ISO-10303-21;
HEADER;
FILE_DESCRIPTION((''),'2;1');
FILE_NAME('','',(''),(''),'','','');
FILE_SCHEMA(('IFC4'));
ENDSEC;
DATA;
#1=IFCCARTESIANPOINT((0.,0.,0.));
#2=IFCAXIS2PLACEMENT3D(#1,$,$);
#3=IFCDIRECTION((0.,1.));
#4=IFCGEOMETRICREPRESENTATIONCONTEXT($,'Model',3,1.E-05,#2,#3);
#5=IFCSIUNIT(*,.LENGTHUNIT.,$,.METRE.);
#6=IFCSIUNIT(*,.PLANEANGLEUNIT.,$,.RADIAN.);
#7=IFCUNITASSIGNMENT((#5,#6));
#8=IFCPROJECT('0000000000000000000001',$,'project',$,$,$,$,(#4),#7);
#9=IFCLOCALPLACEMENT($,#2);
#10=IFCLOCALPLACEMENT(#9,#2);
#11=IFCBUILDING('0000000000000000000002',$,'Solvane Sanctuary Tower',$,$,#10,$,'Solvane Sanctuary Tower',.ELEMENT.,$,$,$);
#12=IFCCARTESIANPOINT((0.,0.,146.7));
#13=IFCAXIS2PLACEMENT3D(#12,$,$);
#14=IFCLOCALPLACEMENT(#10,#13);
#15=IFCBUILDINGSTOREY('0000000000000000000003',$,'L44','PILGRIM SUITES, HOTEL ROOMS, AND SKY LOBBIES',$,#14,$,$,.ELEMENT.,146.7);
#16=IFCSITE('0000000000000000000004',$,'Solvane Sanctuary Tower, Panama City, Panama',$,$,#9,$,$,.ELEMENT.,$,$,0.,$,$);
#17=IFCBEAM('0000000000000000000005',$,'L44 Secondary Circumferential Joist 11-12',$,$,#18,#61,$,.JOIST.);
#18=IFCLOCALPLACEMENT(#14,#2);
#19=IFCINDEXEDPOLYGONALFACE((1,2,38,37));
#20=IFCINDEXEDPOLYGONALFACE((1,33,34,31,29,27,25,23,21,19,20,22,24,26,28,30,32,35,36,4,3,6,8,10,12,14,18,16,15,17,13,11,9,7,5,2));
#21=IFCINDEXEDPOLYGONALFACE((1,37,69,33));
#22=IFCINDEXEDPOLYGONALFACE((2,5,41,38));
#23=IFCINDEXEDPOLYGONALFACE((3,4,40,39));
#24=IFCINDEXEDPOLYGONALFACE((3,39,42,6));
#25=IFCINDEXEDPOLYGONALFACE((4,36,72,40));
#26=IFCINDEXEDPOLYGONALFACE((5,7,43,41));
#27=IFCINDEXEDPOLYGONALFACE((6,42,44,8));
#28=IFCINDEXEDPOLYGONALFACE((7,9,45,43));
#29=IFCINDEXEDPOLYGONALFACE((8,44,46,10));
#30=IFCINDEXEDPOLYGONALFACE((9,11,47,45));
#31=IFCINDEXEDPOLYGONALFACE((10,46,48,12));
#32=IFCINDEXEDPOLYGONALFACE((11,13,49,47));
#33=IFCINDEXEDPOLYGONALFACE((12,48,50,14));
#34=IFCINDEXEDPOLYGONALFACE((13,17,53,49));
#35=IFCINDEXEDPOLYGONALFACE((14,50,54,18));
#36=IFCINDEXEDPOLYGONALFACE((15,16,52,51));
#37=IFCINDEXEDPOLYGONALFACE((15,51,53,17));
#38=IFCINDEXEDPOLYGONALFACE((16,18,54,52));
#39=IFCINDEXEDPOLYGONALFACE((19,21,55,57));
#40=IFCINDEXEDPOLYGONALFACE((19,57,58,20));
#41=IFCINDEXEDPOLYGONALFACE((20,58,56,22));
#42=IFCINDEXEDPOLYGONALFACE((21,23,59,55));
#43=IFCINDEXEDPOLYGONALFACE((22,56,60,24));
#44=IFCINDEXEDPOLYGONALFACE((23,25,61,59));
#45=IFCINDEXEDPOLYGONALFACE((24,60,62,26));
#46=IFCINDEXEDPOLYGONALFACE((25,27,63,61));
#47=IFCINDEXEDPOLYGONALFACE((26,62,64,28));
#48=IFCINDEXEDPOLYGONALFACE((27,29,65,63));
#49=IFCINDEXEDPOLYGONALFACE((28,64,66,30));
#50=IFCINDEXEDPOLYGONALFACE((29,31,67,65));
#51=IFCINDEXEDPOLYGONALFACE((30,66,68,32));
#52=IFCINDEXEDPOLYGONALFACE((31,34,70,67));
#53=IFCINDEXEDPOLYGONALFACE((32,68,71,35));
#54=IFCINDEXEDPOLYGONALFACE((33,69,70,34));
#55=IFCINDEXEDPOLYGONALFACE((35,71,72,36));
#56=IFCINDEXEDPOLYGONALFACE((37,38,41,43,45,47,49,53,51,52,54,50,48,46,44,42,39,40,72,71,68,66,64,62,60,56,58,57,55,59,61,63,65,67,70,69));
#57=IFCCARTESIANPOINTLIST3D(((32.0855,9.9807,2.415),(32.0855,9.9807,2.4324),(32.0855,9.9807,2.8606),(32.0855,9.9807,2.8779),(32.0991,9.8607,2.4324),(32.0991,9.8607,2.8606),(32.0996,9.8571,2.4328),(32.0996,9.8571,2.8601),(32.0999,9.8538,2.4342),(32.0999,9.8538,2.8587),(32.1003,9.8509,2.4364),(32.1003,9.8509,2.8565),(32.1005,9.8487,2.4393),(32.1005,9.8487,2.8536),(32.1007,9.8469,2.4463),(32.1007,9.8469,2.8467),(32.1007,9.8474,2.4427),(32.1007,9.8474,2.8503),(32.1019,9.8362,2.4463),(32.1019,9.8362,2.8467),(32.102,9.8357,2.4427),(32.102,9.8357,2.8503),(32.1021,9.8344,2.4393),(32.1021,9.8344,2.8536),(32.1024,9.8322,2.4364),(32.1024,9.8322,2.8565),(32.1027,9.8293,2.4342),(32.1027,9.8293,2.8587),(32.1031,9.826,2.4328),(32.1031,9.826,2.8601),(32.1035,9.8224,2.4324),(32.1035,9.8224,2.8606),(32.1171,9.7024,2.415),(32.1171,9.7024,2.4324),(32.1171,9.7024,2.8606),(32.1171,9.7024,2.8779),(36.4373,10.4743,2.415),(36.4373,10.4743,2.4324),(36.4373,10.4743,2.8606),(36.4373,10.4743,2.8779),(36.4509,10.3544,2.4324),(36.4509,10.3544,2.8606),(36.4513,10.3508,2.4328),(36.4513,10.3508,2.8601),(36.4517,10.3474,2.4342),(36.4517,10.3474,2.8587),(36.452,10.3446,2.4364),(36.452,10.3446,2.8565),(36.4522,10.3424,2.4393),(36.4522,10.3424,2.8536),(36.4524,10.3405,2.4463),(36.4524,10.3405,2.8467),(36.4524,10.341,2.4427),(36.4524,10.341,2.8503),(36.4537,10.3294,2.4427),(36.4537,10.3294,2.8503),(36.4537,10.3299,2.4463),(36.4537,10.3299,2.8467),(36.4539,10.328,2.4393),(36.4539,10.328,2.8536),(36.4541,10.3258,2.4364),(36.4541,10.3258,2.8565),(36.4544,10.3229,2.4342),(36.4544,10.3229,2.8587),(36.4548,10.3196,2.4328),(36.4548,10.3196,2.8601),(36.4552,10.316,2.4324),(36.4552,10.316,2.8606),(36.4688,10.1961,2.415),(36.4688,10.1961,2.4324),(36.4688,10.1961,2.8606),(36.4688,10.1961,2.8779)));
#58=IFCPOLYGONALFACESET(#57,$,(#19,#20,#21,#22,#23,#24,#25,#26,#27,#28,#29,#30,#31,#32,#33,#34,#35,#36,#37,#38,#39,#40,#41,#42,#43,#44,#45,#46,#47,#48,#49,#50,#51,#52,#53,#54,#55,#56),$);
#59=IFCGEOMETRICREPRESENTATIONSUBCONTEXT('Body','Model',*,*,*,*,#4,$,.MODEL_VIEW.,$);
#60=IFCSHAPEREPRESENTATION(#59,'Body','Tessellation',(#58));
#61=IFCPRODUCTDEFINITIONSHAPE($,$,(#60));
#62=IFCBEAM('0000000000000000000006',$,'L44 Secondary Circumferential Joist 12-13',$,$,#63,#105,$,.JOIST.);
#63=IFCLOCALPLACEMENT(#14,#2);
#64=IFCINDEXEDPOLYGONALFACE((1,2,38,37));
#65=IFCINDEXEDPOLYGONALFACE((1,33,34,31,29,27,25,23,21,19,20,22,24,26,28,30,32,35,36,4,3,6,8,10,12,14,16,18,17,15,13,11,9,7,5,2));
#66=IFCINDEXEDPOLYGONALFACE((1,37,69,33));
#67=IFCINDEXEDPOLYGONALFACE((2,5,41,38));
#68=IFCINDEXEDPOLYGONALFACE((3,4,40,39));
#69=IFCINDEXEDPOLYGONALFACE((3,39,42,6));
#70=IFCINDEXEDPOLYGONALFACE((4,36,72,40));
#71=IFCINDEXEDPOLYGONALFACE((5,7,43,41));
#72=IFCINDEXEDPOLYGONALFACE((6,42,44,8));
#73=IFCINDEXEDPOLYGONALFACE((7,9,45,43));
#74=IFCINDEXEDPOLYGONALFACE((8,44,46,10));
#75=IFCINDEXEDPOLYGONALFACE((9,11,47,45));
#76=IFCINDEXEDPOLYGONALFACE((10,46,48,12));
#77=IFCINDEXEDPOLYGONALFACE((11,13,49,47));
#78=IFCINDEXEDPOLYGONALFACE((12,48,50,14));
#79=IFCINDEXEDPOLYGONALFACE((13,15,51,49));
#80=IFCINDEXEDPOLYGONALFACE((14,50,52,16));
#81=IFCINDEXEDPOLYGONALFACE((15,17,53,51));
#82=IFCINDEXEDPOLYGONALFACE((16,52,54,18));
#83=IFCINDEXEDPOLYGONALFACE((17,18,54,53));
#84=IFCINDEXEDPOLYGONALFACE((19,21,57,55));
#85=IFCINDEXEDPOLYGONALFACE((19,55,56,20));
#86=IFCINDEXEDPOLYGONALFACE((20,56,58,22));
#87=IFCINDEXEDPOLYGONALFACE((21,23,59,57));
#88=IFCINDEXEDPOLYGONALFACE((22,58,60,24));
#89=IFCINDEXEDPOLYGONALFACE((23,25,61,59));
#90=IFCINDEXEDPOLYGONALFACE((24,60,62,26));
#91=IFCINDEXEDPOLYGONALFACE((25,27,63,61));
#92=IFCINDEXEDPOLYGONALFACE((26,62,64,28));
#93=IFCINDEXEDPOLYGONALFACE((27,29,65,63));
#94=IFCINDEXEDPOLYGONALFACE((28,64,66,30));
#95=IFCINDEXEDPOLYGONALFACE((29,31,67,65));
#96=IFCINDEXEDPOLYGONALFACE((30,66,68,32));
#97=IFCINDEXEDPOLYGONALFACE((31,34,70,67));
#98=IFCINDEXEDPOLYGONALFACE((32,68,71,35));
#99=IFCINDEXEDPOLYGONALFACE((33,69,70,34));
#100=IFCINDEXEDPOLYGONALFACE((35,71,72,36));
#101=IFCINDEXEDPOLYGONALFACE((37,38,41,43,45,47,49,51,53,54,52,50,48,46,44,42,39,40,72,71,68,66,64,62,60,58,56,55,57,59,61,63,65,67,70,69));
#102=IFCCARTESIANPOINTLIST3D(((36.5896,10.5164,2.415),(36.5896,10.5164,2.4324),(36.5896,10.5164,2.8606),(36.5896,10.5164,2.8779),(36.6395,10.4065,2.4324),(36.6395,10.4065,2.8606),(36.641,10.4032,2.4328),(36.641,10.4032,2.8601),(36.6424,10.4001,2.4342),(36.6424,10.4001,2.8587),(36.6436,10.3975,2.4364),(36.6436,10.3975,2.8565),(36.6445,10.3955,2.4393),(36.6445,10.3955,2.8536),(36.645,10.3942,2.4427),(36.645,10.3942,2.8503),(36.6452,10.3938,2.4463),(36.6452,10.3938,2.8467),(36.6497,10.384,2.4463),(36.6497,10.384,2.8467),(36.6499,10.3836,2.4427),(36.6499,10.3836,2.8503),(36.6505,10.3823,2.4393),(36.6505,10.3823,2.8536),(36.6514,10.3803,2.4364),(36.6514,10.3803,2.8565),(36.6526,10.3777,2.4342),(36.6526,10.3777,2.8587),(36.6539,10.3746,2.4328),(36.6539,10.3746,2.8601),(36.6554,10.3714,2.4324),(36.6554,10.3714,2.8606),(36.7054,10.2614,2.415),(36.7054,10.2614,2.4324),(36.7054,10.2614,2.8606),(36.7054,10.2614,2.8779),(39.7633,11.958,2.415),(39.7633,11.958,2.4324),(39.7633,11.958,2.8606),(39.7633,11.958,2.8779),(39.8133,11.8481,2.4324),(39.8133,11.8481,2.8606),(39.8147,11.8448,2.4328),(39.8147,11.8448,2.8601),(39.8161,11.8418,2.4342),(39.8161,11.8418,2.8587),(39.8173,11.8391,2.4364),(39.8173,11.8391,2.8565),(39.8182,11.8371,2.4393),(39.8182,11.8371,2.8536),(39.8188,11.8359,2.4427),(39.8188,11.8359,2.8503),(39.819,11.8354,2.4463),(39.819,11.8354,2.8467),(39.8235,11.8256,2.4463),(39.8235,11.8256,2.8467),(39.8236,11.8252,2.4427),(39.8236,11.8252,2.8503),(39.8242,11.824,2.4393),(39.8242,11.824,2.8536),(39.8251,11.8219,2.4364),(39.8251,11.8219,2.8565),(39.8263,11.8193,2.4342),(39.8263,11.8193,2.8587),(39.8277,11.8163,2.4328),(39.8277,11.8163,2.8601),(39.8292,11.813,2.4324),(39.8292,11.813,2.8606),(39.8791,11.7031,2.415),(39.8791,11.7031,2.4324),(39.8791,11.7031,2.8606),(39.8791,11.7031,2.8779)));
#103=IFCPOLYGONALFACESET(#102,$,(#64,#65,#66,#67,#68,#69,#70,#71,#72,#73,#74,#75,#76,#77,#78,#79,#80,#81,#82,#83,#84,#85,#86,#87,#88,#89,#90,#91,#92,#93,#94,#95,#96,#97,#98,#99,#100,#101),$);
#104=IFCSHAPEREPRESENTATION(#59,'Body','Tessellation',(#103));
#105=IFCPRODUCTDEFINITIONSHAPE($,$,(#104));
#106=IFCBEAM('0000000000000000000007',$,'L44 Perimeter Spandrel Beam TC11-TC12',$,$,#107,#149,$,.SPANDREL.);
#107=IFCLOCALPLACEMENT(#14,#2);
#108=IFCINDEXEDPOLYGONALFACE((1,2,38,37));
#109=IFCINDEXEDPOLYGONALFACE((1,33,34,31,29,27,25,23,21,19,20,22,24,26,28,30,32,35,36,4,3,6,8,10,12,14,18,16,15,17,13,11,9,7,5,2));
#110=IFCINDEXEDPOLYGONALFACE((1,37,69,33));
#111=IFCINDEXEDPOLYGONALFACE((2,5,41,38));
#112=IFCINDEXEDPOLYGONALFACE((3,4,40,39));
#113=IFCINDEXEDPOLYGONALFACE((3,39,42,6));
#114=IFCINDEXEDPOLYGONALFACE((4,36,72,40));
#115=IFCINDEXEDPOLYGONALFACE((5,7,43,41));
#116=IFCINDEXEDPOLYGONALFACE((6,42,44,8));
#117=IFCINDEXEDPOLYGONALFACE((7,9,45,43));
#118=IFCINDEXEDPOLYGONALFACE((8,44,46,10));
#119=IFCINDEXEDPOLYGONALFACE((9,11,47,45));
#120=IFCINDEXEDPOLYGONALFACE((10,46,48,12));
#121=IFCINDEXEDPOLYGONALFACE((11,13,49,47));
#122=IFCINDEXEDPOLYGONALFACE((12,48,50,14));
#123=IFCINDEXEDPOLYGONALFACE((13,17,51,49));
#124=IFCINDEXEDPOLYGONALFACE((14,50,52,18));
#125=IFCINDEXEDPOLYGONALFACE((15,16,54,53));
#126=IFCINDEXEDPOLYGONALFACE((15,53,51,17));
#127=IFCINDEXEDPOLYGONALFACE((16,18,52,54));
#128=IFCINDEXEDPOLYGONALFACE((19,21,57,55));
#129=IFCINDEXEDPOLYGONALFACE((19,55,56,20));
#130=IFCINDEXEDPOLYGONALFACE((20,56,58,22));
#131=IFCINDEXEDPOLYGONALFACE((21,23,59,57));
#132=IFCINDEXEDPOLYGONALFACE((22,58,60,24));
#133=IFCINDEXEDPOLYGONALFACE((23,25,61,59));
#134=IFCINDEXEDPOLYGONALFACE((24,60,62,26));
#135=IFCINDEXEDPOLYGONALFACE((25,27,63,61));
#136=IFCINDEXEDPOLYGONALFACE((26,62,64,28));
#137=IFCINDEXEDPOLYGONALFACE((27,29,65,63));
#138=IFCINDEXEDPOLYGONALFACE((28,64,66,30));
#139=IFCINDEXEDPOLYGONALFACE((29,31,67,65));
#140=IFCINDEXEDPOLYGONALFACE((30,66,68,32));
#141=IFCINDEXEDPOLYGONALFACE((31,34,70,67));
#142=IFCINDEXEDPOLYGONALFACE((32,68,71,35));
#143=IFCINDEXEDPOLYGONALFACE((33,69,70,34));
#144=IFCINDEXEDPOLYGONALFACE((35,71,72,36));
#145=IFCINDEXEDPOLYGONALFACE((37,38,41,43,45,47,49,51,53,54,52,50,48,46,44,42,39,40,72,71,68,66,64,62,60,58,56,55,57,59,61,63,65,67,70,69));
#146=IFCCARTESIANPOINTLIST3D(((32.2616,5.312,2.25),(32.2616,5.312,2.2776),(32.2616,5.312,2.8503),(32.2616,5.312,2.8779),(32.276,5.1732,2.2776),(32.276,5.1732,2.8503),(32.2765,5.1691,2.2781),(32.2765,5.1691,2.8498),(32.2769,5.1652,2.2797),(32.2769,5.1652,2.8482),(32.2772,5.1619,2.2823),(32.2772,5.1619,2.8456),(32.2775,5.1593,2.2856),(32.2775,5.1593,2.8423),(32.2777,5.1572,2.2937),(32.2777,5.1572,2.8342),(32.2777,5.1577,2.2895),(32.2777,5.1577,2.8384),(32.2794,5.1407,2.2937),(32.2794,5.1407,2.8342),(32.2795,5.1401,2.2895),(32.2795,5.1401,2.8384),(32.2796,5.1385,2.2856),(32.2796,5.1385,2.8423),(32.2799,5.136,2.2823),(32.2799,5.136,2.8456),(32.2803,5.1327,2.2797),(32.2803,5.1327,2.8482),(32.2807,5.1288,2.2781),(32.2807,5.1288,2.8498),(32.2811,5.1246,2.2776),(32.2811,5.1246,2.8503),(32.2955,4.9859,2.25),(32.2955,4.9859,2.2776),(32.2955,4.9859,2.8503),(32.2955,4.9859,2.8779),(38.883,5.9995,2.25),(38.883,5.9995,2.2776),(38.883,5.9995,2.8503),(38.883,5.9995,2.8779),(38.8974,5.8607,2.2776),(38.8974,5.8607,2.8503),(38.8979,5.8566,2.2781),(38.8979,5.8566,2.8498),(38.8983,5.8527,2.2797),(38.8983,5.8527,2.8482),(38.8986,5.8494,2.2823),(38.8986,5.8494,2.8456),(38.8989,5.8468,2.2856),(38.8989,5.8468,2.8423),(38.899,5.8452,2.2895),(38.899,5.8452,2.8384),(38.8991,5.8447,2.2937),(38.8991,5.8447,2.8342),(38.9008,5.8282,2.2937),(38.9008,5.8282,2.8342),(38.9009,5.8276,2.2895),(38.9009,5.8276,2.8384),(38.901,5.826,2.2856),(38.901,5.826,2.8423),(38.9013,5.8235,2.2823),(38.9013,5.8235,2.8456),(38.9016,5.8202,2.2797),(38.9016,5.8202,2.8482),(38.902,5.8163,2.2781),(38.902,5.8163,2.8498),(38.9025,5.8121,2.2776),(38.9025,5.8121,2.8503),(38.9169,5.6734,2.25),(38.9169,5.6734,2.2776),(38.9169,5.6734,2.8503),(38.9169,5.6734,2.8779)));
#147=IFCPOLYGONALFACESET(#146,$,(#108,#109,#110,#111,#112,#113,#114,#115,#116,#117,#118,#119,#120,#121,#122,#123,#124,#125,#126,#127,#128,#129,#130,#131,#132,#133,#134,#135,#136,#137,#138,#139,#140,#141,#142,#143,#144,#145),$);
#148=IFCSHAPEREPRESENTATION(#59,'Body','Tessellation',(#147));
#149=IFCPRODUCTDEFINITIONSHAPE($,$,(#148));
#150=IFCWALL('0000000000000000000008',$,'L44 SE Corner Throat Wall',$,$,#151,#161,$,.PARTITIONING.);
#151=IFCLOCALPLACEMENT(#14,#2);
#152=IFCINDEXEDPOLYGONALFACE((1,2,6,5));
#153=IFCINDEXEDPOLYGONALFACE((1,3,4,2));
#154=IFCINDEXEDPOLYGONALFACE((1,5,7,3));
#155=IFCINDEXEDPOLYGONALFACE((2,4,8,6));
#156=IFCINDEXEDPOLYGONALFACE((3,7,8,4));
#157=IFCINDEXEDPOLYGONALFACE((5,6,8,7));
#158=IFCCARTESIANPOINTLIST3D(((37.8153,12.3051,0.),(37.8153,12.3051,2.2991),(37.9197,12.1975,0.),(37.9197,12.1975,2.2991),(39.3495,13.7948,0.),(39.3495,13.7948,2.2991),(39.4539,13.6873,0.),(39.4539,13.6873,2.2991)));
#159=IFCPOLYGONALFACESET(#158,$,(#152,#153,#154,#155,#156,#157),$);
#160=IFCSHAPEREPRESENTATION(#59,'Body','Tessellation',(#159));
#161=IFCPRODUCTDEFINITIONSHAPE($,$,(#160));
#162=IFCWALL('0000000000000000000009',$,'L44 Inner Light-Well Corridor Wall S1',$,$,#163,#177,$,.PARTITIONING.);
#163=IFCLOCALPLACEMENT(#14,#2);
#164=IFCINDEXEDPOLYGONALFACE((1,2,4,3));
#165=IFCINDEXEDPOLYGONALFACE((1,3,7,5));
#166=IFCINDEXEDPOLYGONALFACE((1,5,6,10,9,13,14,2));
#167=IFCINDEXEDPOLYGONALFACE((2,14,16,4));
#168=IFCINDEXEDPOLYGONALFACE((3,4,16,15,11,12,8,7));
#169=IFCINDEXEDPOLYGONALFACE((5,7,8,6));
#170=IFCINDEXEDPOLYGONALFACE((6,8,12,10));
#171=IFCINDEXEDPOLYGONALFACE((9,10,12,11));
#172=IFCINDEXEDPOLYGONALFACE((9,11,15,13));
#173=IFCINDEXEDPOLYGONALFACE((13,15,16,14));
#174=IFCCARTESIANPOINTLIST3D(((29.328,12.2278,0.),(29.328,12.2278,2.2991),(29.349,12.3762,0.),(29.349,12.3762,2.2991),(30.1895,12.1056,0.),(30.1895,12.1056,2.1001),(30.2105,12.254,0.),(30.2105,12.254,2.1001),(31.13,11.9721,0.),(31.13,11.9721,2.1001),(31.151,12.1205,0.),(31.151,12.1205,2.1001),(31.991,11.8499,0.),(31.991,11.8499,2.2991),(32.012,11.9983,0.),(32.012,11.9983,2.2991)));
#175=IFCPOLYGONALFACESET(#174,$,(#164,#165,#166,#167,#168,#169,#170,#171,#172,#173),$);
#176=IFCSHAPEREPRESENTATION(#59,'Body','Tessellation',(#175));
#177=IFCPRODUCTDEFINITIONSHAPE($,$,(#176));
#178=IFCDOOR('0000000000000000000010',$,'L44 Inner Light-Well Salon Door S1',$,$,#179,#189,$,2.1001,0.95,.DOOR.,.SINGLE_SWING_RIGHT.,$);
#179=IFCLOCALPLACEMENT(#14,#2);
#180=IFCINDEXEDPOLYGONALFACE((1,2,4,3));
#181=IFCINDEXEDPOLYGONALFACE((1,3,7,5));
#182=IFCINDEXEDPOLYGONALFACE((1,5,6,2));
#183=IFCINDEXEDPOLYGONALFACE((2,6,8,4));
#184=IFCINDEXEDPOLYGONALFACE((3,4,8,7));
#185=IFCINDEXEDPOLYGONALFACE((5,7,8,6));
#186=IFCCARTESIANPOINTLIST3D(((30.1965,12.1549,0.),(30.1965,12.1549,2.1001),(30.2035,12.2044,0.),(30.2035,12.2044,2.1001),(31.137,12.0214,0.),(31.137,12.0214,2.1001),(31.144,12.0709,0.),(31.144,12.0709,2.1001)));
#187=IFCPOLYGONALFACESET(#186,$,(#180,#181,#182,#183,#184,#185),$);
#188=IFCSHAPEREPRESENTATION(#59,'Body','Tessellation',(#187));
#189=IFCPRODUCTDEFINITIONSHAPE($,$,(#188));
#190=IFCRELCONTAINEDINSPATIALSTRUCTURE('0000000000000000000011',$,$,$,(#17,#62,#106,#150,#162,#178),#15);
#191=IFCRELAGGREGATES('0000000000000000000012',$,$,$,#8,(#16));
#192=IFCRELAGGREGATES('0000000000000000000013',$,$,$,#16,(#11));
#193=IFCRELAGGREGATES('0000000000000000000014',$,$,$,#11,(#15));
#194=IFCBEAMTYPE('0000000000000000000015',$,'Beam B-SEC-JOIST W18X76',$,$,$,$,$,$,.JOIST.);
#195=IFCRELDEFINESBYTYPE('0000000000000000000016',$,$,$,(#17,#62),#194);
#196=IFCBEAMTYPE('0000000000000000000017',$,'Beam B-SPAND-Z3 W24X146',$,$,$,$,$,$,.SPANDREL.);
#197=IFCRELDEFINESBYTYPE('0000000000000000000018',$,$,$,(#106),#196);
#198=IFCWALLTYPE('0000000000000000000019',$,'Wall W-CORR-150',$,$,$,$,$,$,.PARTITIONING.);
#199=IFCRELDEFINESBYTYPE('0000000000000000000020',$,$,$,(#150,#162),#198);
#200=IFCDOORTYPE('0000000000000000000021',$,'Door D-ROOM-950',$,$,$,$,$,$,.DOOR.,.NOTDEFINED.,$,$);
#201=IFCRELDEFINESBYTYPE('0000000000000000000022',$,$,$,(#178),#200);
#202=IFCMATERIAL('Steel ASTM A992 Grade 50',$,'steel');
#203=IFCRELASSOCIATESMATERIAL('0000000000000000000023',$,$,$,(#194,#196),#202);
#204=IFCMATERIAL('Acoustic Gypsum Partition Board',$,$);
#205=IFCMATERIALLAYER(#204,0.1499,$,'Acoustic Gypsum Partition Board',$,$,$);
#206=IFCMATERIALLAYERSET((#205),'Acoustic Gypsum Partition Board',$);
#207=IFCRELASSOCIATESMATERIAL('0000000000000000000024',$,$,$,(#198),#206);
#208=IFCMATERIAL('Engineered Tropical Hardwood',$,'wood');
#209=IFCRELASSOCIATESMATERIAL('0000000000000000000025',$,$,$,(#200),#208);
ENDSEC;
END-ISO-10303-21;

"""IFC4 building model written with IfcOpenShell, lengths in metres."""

from ifc_helpers import new_model, si_unit, direction, frame, frame_2d, origin, origin_2d, place, context, subcontext, project, spatial, rectangle, i_section, extrude, material, layer, layer_set, material_profile, profile_set, type_object, element, fill, save


model = new_model("IFC4")

# Units and contexts
model_context = context("Model", 3, precision=1e-05, world=origin(), true_north=direction((0.0, 1.0)))
body_context = subcontext(model_context, "Body", "Model", "MODEL_VIEW")
ifc_project = project(units=[si_unit("LENGTHUNIT", "METRE"), si_unit("PLANEANGLEUNIT", "RADIAN")], contexts=[model_context])

# Site, building, storey
site_placement = place(None, origin())
site = spatial("IfcSite", under=ifc_project, at=site_placement, Name="Solvane Sanctuary Tower, Panama City, Panama", CompositionType="ELEMENT", RefElevation=0.0)
building_placement = place(site_placement, origin())
building = spatial("IfcBuilding", under=site, at=building_placement, Name="Solvane Sanctuary Tower", LongName="Solvane Sanctuary Tower", CompositionType="ELEMENT")
storey_placement = place(building_placement, frame((0.0, 0.0, 146.7)))
storey = spatial("IfcBuildingStorey", under=building, at=storey_placement, Name="L44", Description="PILGRIM SUITES, HOTEL ROOMS, AND SKY LOBBIES", CompositionType="ELEMENT", Elevation=146.7)

# Beams
ifc_material_1 = material(Name="Steel ASTM A992 Grade 50", Category="steel")
ifc_material_profile_1 = material_profile(ifc_material_1, i_section(OverallWidth=0.28, OverallDepth=0.4629, WebThickness=0.0107, FlangeThickness=0.0173, FilletRadius=0.0139, at=origin_2d()), Name="W18X76")
ifc_profile_set_1 = profile_set([ifc_material_profile_1], Name="Steel ASTM A992 Grade 50")
beam_type_1 = type_object("IfcBeamType", Name="Beam B-SEC-JOIST W18X76", PredefinedType="JOIST", material=ifc_profile_set_1)
beam_1_placement = place(storey_placement, frame((32.1013, 9.8416, 2.6465), z_axis=(0.993628, 0.112713, 0.0), x_axis=(-0.112713, 0.993628, 0.0)))
element("IfcBeam", 1, at=beam_1_placement, inside=storey, type_object=beam_type_1, Name="L44 Secondary Circumferential Joist 11-12", PredefinedType="JOIST", context=body_context, shape_type="SweptSolid", body=[
    extrude(i_section(OverallWidth=0.28, OverallDepth=0.4629, WebThickness=0.0107, FlangeThickness=0.0173, FilletRadius=0.0139, at=origin_2d()), origin(), (0.0, 0.0, 1.0), 4.3796),
])
beam_2_placement = place(storey_placement, frame((36.6475, 10.3889, 2.6465), z_axis=(0.910474, 0.413565, 0.0), x_axis=(-0.413565, 0.910474, 0.0)))
element("IfcBeam", 2, at=beam_2_placement, inside=storey, type_object=beam_type_1, Name="L44 Secondary Circumferential Joist 12-13", PredefinedType="JOIST", context=body_context, shape_type="SweptSolid", body=[
    extrude(i_section(OverallWidth=0.28, OverallDepth=0.4629, WebThickness=0.0107, FlangeThickness=0.0173, FilletRadius=0.0139, at=origin_2d()), origin(), (0.0, 0.0, 1.0), 3.4858),
])
ifc_material_profile_2 = material_profile(ifc_material_1, i_section(OverallWidth=0.3279, OverallDepth=0.6279, WebThickness=0.0166, FlangeThickness=0.0276, FilletRadius=0.0161, at=origin_2d()), Name="W24X146")
ifc_profile_set_2 = profile_set([ifc_material_profile_2], Name="Steel ASTM A992 Grade 50")
beam_type_2 = type_object("IfcBeamType", Name="Beam B-SPAND-Z3 W24X146", PredefinedType="SPANDREL", material=ifc_profile_set_2)
beam_3_placement = place(storey_placement, frame((32.2786, 5.1489, 2.564), z_axis=(0.994653, 0.103276, 0.0), x_axis=(-0.103276, 0.994653, 0.0)))
element("IfcBeam", 3, at=beam_3_placement, inside=storey, type_object=beam_type_2, Name="L44 Perimeter Spandrel Beam TC11-TC12", PredefinedType="SPANDREL", context=body_context, shape_type="SweptSolid", body=[
    extrude(i_section(OverallWidth=0.3279, OverallDepth=0.6279, WebThickness=0.0166, FlangeThickness=0.0276, FilletRadius=0.0161, at=origin_2d()), origin(), (0.0, 0.0, 1.0), 6.657),
])

# Wall
ifc_material_2 = material(Name="Acoustic Gypsum Partition Board")
ifc_layer_1 = layer(ifc_material_2, 0.1499, Name="Acoustic Gypsum Partition Board")
ifc_layer_set_1 = layer_set([ifc_layer_1], Name="Acoustic Gypsum Partition Board")
wall_type_1 = type_object("IfcWallType", Name="Wall W-CORR-150", PredefinedType="PARTITIONING", material=ifc_layer_set_1)
wall_1_placement = place(storey_placement, frame((37.8674, 12.2512, 0.0), z_axis=(0.0, 0.0, 1.0), x_axis=(0.71742, 0.696641, 0.0)))
element("IfcWall", 4, at=wall_1_placement, inside=storey, type_object=wall_type_1, Name="L44 SE Corner Throat Wall", PredefinedType="PARTITIONING", context=body_context, shape_type="SweptSolid", body=[
    extrude(rectangle(XDim=2.1384, YDim=0.1499, at=frame_2d((1.0693, 0.0))), origin(), (0.0, 0.0, 1.0), 2.2991),
])

# Wall, opening, door
wall_2_placement = place(storey_placement, frame((29.3386, 12.302, 0.0), z_axis=(0.0, 0.0, 1.0), x_axis=(0.99008, -0.140506, 0.0)))
wall_2 = element("IfcWall", 5, at=wall_2_placement, inside=storey, type_object=wall_type_1, Name="L44 Inner Light-Well Corridor Wall S1", PredefinedType="PARTITIONING", context=body_context, shape_type="SweptSolid", body=[
    extrude(rectangle(XDim=2.6897, YDim=0.1499, at=frame_2d((1.3447, 0.0))), origin(), (0.0, 0.0, 1.0), 2.2991),
])
opening_1_placement = place(wall_2_placement, frame((0.8699, 0.0, 0.0)))
opening_1 = element("IfcOpeningElement", 6, at=opening_1_placement, cuts=wall_2, PredefinedType="OPENING", context=body_context, shape_type="SweptSolid", body=[
    extrude(rectangle(XDim=0.95, YDim=2.1001, at=frame_2d((0.4751, 1.05))), frame((0.0, 0.085, 0.0), z_axis=(0.0, -1.0, 0.0), x_axis=(1.0, 0.0, 0.0)), (0.0, 0.0, 1.0), 0.1699),
])
ifc_material_3 = material(Name="Engineered Tropical Hardwood", Category="wood")
door_type_1 = type_object("IfcDoorType", Name="Door D-ROOM-950", OperationType="NOTDEFINED", PredefinedType="DOOR", material=ifc_material_3)
door_1_placement = place(opening_1_placement, origin())
door_1 = element("IfcDoor", 7, at=door_1_placement, inside=storey, type_object=door_type_1, Name="L44 Inner Light-Well Salon Door S1", OperationType="SINGLE_SWING_RIGHT", OverallHeight=2.1001, OverallWidth=0.95, PredefinedType="DOOR", context=body_context, shape_type="SweptSolid", body=[
    extrude(rectangle(XDim=0.95, YDim=2.1001, at=frame_2d((0.4751, 1.05))), frame((0.0, 0.0249, 0.0), z_axis=(0.0, -1.0, 0.0), x_axis=(1.0, 0.0, 0.0)), (0.0, 0.0, 1.0), 0.05),
])
fill(opening_1, door_1)

save(model, "model.ifc")
